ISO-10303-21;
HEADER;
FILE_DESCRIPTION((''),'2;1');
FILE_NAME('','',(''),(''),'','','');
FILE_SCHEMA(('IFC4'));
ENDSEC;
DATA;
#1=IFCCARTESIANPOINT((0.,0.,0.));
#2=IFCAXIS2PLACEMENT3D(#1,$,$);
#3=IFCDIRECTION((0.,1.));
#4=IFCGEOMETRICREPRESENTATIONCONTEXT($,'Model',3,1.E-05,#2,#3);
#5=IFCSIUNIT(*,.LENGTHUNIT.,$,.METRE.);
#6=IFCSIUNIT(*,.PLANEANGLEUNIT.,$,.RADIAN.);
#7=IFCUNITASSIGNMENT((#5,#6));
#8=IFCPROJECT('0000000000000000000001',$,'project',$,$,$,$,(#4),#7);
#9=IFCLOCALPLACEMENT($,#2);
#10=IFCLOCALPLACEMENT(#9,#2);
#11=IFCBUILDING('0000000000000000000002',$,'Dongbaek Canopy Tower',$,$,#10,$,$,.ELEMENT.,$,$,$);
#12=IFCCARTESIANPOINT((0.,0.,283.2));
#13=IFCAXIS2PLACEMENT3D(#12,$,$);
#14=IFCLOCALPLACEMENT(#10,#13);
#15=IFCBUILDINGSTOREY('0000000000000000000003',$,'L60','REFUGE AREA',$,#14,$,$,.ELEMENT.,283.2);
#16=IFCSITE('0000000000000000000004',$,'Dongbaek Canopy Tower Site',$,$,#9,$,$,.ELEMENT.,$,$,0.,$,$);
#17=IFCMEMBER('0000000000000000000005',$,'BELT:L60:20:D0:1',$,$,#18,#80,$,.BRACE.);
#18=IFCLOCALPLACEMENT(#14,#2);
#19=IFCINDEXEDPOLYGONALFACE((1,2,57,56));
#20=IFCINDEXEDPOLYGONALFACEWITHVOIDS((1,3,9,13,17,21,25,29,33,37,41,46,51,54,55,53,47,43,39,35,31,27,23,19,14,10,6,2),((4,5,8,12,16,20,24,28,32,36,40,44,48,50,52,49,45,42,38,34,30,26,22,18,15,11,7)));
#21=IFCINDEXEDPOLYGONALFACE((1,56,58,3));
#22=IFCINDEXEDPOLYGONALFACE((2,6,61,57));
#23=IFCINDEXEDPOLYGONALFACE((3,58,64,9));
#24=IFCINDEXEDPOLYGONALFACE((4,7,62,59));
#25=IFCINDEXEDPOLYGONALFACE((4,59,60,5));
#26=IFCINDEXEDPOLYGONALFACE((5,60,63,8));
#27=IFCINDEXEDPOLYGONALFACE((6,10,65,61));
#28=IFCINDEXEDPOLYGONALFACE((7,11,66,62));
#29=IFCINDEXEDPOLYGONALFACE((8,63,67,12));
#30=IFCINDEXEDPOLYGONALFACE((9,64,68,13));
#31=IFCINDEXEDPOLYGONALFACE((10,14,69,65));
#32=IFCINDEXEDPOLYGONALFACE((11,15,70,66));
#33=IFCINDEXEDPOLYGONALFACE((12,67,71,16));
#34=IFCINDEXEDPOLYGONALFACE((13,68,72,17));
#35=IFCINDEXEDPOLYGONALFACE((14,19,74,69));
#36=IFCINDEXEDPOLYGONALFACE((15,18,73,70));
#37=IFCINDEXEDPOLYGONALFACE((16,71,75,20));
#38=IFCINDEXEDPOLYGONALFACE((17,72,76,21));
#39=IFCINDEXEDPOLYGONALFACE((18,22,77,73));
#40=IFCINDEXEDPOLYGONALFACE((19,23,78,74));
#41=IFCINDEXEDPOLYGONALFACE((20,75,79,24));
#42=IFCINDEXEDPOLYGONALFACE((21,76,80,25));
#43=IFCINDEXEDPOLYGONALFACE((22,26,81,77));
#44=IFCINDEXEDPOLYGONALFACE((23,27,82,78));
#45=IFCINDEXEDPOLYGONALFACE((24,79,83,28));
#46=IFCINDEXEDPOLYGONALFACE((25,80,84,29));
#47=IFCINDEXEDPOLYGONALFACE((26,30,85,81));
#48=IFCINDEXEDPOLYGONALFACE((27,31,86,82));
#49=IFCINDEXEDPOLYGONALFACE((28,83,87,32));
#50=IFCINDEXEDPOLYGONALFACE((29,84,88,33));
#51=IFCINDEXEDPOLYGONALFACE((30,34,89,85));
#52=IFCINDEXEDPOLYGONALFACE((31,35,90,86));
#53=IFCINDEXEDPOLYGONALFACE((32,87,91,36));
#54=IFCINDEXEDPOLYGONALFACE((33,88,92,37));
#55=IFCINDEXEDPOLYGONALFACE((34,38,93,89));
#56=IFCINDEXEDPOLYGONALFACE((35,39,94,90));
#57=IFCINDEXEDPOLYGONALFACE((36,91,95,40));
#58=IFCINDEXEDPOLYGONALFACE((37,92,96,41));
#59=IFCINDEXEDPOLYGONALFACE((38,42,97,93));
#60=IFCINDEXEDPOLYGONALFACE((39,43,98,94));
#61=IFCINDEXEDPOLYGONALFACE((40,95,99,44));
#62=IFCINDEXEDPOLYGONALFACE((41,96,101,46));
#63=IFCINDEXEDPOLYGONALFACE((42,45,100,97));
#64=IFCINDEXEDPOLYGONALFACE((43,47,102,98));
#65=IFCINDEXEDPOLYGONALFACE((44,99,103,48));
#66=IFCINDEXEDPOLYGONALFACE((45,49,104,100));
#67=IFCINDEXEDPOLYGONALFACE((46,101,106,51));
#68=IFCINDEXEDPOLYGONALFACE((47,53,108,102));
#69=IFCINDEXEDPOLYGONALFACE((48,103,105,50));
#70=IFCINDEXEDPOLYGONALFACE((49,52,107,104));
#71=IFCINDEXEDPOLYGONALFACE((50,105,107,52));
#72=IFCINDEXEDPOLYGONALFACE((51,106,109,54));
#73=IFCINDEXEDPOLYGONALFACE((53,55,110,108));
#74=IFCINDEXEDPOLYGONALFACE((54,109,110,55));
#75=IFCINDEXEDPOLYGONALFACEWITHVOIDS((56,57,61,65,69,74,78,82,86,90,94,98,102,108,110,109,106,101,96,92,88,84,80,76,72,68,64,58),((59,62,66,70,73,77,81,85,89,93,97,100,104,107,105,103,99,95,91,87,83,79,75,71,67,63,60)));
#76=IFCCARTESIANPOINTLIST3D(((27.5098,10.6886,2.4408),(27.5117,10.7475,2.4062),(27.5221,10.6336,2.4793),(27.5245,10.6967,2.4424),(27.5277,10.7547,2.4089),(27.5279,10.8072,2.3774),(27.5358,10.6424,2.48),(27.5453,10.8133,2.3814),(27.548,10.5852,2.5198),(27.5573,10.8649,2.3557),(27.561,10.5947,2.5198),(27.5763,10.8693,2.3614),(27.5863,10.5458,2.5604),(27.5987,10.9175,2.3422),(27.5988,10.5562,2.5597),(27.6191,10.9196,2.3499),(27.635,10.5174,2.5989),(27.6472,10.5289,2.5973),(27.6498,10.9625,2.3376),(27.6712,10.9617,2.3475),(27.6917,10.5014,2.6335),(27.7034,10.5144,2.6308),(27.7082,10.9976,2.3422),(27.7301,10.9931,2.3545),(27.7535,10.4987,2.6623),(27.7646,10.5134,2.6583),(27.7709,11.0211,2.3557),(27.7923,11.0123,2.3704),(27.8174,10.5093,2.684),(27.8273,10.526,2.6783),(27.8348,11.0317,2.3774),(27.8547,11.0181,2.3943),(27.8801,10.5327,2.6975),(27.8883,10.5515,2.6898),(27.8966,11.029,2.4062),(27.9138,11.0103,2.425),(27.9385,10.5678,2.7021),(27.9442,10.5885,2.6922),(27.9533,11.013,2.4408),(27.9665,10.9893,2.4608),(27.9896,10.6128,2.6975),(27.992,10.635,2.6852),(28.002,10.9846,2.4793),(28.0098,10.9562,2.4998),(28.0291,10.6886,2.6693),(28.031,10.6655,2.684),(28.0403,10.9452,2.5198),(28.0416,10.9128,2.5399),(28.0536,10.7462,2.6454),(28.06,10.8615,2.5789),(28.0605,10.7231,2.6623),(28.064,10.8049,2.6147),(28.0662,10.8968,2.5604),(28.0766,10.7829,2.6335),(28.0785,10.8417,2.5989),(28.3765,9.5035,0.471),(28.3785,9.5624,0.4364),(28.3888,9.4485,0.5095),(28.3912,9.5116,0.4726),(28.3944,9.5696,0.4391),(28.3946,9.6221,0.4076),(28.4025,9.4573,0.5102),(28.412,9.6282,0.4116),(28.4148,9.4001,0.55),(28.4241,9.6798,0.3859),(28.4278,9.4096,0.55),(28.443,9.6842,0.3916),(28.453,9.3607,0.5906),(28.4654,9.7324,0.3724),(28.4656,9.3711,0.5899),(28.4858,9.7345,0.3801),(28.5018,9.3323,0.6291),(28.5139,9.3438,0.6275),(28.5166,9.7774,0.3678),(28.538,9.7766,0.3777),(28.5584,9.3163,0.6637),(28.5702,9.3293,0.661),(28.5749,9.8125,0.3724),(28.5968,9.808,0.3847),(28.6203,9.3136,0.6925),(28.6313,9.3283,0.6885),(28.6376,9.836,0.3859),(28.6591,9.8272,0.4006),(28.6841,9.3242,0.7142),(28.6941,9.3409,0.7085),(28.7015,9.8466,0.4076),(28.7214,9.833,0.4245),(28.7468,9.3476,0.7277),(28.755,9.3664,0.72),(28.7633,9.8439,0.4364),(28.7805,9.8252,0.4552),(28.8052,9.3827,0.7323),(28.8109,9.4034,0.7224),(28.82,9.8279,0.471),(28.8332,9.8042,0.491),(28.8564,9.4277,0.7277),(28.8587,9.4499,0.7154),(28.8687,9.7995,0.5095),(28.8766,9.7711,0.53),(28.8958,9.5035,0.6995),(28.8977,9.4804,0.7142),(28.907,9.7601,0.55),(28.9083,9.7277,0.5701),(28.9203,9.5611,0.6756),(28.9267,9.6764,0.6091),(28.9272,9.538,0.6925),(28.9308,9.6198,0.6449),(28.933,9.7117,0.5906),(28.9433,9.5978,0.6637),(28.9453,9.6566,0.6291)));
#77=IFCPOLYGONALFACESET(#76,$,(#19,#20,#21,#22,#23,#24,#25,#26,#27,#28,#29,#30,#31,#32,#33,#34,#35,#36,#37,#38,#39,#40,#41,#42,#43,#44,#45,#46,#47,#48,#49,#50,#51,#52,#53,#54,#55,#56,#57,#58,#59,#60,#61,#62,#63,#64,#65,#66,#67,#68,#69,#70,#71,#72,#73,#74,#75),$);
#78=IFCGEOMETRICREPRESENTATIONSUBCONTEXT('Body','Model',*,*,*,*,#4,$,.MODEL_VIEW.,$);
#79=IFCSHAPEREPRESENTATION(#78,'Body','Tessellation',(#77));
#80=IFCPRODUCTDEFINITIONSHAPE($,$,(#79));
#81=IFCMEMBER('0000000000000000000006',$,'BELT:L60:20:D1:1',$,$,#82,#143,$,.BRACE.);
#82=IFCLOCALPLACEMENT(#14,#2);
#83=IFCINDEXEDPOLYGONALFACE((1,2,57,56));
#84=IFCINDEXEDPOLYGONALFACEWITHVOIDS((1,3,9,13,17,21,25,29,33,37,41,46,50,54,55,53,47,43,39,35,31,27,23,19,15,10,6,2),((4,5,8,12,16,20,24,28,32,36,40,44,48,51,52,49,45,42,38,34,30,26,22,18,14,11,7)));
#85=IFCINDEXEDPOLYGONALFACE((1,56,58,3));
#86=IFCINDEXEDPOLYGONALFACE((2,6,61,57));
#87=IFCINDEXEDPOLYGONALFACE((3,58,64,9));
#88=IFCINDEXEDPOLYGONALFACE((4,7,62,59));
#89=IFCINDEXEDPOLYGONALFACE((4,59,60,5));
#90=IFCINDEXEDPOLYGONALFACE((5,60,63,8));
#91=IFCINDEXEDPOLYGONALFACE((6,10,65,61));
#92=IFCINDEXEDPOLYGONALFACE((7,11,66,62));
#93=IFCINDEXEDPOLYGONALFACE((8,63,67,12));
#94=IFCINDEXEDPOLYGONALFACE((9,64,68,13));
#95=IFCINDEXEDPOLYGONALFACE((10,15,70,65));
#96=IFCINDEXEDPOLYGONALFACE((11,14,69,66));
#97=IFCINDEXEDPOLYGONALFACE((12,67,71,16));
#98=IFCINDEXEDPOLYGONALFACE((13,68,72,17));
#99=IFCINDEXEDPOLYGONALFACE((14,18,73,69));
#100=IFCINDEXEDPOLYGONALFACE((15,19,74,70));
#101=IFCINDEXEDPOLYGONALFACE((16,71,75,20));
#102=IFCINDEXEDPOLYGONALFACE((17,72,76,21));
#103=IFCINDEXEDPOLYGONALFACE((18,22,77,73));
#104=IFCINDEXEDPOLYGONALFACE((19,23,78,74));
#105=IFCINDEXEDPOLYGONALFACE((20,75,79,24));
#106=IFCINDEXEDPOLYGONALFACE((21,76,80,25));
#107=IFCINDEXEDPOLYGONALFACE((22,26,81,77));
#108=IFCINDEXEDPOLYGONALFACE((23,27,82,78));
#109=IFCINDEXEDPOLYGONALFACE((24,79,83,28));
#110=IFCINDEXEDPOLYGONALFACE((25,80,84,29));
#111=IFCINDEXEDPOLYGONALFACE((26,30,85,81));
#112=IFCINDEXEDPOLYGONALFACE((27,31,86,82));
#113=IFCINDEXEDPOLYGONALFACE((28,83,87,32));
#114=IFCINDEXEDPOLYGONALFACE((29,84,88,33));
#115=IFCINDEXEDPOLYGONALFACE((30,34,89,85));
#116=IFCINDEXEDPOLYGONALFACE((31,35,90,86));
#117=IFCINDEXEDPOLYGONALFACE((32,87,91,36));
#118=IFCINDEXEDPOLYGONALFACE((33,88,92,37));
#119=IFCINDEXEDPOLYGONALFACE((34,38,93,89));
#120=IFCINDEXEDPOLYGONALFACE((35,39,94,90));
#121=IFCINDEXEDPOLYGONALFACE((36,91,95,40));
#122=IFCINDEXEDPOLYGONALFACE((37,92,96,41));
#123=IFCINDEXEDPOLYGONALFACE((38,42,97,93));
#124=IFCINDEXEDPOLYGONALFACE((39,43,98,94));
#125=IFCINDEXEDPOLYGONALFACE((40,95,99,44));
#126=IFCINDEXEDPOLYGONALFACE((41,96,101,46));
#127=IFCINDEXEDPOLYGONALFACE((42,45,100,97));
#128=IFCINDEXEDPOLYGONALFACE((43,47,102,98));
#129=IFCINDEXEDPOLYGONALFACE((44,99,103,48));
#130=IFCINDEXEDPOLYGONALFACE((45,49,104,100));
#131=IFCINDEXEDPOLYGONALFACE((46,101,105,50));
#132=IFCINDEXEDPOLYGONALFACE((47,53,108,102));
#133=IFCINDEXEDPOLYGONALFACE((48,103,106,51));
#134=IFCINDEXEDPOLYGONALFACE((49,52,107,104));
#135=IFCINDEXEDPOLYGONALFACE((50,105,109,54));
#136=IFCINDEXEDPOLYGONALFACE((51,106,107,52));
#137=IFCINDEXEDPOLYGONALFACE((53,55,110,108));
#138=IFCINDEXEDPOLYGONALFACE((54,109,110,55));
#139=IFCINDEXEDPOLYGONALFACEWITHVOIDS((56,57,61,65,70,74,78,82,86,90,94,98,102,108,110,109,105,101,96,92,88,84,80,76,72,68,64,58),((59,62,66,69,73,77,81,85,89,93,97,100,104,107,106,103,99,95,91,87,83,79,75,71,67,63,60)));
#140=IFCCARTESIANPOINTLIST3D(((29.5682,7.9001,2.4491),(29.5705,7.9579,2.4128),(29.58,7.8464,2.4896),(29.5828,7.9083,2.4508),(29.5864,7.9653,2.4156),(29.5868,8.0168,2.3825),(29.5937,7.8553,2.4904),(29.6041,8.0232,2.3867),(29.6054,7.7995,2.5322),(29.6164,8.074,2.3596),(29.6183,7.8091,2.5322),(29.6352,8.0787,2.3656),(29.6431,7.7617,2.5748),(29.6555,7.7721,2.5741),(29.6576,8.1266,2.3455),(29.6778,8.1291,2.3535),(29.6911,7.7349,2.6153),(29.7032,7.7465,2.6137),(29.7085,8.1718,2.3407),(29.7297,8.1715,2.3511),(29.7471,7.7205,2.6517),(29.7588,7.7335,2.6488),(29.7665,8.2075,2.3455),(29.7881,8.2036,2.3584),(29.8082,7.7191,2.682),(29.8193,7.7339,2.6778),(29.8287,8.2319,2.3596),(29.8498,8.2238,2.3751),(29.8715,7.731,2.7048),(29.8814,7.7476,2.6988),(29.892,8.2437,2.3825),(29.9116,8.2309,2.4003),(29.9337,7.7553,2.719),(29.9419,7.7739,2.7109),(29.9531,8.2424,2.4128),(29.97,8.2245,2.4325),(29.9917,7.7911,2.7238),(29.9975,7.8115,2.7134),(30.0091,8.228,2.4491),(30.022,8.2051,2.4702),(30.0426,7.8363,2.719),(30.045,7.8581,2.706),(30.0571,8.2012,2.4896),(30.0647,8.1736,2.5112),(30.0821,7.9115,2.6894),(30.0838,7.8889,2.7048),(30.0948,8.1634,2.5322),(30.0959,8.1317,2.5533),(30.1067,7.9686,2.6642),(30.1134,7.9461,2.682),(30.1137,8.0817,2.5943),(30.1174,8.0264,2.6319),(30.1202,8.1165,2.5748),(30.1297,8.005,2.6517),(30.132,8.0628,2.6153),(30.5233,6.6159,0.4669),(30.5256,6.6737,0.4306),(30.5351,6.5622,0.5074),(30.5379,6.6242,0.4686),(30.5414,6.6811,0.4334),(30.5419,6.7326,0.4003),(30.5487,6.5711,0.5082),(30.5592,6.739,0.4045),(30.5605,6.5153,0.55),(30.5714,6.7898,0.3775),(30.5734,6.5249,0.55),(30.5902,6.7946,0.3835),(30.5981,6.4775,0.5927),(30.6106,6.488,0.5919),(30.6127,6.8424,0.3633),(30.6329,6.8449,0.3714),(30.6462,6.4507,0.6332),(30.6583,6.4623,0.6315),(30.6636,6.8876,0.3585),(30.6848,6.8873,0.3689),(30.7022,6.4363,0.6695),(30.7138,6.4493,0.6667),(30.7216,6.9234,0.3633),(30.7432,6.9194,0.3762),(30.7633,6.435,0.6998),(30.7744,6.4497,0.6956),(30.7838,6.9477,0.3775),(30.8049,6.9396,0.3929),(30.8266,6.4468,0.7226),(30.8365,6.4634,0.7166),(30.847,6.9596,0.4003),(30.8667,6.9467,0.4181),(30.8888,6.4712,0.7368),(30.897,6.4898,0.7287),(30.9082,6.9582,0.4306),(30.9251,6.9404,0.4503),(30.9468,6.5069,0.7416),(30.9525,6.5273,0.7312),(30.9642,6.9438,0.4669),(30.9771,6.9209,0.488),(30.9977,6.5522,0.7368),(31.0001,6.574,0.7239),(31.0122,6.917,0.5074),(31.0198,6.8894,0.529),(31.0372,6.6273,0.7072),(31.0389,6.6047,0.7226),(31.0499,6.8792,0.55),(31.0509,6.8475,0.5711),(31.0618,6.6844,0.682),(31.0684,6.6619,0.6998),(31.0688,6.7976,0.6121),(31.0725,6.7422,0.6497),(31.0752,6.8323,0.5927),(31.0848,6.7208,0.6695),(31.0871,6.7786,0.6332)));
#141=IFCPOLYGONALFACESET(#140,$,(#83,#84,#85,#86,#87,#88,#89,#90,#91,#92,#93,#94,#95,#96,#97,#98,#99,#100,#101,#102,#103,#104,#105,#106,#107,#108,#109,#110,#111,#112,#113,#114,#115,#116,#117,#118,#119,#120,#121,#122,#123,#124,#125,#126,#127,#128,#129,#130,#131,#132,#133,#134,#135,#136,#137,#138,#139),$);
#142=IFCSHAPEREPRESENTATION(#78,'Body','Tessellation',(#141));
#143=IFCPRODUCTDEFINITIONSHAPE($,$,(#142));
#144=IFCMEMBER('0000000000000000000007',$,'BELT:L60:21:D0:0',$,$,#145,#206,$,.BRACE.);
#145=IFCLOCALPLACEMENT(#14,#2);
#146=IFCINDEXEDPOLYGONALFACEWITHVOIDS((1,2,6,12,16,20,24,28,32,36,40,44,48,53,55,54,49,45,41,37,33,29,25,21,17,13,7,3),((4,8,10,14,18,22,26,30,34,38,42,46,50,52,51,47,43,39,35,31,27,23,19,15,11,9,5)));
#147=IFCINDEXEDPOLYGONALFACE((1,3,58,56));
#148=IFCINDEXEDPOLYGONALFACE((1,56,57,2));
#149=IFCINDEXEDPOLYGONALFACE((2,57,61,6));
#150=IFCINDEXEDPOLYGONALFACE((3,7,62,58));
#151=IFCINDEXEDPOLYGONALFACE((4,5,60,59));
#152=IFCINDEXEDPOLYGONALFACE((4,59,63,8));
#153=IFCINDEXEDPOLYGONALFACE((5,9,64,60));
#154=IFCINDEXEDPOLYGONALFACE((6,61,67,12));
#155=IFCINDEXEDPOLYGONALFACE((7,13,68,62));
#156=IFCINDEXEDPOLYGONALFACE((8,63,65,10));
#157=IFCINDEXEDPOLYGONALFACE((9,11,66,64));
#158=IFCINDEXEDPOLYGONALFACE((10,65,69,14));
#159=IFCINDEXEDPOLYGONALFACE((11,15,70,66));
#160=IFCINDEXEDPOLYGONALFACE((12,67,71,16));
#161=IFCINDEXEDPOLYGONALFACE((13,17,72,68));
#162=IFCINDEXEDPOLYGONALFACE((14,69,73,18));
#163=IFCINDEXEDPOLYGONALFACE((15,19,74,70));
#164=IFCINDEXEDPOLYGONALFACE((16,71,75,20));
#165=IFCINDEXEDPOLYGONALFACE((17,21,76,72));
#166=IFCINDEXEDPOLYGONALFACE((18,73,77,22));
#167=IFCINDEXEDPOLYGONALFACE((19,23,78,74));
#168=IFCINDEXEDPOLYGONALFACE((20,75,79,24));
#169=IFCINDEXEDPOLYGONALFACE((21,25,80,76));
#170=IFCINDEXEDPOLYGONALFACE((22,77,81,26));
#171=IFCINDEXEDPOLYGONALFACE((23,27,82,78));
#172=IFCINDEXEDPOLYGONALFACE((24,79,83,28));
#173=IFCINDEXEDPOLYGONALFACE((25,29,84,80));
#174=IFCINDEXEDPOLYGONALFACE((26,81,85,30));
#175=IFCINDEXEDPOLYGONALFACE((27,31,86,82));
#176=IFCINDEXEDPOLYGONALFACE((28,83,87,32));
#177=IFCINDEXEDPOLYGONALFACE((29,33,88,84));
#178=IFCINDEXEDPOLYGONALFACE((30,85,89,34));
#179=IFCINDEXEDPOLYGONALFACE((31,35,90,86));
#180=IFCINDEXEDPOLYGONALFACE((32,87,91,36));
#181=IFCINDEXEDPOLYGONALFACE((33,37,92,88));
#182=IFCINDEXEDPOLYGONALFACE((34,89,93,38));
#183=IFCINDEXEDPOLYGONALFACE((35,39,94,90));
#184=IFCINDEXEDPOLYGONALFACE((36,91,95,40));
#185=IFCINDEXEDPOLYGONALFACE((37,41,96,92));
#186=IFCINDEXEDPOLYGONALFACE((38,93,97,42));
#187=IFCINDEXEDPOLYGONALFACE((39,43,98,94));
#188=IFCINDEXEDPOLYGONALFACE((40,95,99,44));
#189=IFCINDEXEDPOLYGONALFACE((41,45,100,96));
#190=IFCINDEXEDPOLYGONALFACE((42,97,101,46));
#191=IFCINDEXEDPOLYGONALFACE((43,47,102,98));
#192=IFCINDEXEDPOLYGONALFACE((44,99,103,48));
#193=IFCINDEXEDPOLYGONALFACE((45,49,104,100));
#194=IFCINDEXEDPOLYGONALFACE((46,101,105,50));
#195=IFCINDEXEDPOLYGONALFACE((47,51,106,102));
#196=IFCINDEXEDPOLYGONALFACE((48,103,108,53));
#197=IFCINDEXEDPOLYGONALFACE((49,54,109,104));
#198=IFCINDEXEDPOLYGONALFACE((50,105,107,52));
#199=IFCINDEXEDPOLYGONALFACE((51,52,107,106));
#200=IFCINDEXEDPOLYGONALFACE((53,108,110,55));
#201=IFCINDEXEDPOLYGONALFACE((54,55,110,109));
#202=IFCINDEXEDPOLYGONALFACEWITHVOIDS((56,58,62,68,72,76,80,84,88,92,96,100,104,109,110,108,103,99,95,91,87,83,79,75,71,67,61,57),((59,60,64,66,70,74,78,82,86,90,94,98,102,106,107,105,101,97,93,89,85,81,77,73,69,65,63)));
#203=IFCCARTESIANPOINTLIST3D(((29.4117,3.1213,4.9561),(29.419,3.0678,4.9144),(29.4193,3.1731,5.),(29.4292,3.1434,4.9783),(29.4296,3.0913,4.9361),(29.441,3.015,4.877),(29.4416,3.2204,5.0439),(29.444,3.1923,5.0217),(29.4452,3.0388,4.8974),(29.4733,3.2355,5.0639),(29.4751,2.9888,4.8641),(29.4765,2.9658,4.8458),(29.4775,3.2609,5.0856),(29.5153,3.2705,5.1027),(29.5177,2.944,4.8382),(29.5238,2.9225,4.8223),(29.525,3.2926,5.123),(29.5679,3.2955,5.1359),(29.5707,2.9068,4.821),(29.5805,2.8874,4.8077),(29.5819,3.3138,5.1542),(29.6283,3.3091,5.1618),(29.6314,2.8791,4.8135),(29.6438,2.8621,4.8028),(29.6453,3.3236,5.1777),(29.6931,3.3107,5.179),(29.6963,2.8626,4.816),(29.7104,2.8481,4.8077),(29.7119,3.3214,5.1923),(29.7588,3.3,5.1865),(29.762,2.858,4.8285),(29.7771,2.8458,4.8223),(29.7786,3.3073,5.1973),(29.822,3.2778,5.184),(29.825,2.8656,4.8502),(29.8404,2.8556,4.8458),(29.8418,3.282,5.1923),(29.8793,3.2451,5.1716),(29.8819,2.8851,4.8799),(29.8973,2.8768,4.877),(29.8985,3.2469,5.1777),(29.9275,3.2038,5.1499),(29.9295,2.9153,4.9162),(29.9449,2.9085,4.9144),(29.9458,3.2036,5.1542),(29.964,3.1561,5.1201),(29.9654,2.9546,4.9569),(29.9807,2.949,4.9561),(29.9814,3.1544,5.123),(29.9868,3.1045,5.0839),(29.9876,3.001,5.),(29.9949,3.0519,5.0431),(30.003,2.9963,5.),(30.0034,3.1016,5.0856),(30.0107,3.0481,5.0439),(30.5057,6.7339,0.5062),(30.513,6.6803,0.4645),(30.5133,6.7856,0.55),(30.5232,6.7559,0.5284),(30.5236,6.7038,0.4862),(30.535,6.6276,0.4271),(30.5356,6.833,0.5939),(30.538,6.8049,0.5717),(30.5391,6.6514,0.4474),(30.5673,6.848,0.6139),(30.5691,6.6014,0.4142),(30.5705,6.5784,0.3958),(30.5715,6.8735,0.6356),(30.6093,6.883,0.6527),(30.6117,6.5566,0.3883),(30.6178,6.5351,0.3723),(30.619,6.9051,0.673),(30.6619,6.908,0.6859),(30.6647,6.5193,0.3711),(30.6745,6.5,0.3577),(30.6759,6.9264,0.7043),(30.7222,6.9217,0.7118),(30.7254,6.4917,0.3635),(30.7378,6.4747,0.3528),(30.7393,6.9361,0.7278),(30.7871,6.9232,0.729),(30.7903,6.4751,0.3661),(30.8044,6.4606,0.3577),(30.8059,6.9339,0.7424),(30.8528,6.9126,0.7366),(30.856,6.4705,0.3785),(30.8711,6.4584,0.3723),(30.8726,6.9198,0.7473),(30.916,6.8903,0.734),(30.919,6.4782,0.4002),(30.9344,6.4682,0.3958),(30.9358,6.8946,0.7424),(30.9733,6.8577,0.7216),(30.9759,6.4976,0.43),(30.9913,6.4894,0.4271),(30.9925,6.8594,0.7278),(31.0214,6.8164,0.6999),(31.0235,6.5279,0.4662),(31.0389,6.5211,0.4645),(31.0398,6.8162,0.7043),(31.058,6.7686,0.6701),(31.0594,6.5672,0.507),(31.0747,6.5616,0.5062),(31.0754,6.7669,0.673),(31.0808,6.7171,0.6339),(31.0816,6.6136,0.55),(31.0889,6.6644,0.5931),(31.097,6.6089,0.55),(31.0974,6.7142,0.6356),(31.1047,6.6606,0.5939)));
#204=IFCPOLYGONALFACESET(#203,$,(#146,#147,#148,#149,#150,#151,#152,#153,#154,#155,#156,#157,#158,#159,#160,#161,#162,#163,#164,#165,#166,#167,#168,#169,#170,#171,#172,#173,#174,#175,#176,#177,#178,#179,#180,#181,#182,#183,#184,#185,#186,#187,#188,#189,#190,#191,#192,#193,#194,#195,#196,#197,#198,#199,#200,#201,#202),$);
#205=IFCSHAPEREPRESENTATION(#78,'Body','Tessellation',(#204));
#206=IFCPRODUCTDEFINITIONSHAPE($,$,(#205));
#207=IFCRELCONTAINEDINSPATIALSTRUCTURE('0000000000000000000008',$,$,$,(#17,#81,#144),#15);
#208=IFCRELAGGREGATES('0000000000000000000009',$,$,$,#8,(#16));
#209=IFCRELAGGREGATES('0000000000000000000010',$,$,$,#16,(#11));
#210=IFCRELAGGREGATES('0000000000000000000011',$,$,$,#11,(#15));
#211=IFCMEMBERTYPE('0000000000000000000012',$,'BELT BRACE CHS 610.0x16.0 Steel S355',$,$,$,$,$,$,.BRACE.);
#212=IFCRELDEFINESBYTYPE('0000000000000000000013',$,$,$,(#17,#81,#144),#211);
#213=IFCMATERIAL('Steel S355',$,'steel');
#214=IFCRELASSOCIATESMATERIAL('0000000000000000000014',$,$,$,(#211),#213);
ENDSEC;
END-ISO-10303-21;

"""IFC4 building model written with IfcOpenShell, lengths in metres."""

from ifc_helpers import new_model, si_unit, direction, frame, origin, origin_2d, place, context, subcontext, project, spatial, hollow_circle, extrude, material, material_profile, profile_set, type_object, element, save


model = new_model("IFC4")

# Units and contexts
model_context = context("Model", 3, precision=1e-05, world=origin(), true_north=direction((0.0, 1.0)))
body_context = subcontext(model_context, "Body", "Model", "MODEL_VIEW")
ifc_project = project(units=[si_unit("LENGTHUNIT", "METRE"), si_unit("PLANEANGLEUNIT", "RADIAN")], contexts=[model_context])

# Site, building, storey
site_placement = place(None, origin())
site = spatial("IfcSite", under=ifc_project, at=site_placement, Name="Dongbaek Canopy Tower Site", CompositionType="ELEMENT", RefElevation=0.0)
building_placement = place(site_placement, origin())
building = spatial("IfcBuilding", under=site, at=building_placement, Name="Dongbaek Canopy Tower", CompositionType="ELEMENT")
storey_placement = place(building_placement, frame((0.0, 0.0, 283.2)))
storey = spatial("IfcBuildingStorey", under=building, at=storey_placement, Name="L60", Description="REFUGE AREA", CompositionType="ELEMENT", Elevation=283.2)

# Members
ifc_material_1 = material(Name="Steel S355", Category="steel")
ifc_material_profile_1 = material_profile(ifc_material_1, hollow_circle(Radius=0.3049, WallThickness=0.0161, at=origin_2d()), Name="BELT BRACE CHS 610.0x16.0 Steel S355")
ifc_profile_set_1 = profile_set([ifc_material_profile_1], Name="Steel S355")
member_type_1 = type_object("IfcMemberType", Name="BELT BRACE CHS 610.0x16.0 Steel S355", PredefinedType="BRACE", material=ifc_profile_set_1)
member_1_placement = place(storey_placement, frame((28.6609, 9.5801, 0.55), z_axis=(-0.352791, 0.482379, 0.801779), x_axis=(-0.807166, -0.590325, 0.0)))
element("IfcMember", 1, at=member_1_placement, inside=storey, type_object=member_type_1, Name="BELT:L60:20:D0:1", PredefinedType="BRACE", context=body_context, shape_type="SweptSolid", body=[
    extrude(hollow_circle(Radius=0.3049, WallThickness=0.0161, at=origin_2d()), origin(), (0.0, 0.0, 1.0), 2.4568),
])
member_2_placement = place(storey_placement, frame((30.8052, 6.6973, 0.55), z_axis=(-0.374892, 0.504072, 0.778054), x_axis=(-0.80241, -0.596773, 0.0)))
element("IfcMember", 2, at=member_2_placement, inside=storey, type_object=member_type_1, Name="BELT:L60:20:D1:1", PredefinedType="BRACE", context=body_context, shape_type="SweptSolid", body=[
    extrude(hollow_circle(Radius=0.3049, WallThickness=0.0161, at=origin_2d()), origin(), (0.0, 0.0, 1.0), 2.5476),
])
member_3_placement = place(storey_placement, frame((30.8052, 6.6973, 0.55), z_axis=(-0.187482, -0.619097, 0.762607), x_axis=(0.957077, -0.289833, 0.0)))
element("IfcMember", 3, at=member_3_placement, inside=storey, type_object=member_type_1, Name="BELT:L60:21:D0:0", PredefinedType="BRACE", context=body_context, shape_type="SweptSolid", body=[
    extrude(hollow_circle(Radius=0.3049, WallThickness=0.0161, at=origin_2d()), origin(), (0.0, 0.0, 1.0), 5.8352),
])

save(model, "model.ifc")
